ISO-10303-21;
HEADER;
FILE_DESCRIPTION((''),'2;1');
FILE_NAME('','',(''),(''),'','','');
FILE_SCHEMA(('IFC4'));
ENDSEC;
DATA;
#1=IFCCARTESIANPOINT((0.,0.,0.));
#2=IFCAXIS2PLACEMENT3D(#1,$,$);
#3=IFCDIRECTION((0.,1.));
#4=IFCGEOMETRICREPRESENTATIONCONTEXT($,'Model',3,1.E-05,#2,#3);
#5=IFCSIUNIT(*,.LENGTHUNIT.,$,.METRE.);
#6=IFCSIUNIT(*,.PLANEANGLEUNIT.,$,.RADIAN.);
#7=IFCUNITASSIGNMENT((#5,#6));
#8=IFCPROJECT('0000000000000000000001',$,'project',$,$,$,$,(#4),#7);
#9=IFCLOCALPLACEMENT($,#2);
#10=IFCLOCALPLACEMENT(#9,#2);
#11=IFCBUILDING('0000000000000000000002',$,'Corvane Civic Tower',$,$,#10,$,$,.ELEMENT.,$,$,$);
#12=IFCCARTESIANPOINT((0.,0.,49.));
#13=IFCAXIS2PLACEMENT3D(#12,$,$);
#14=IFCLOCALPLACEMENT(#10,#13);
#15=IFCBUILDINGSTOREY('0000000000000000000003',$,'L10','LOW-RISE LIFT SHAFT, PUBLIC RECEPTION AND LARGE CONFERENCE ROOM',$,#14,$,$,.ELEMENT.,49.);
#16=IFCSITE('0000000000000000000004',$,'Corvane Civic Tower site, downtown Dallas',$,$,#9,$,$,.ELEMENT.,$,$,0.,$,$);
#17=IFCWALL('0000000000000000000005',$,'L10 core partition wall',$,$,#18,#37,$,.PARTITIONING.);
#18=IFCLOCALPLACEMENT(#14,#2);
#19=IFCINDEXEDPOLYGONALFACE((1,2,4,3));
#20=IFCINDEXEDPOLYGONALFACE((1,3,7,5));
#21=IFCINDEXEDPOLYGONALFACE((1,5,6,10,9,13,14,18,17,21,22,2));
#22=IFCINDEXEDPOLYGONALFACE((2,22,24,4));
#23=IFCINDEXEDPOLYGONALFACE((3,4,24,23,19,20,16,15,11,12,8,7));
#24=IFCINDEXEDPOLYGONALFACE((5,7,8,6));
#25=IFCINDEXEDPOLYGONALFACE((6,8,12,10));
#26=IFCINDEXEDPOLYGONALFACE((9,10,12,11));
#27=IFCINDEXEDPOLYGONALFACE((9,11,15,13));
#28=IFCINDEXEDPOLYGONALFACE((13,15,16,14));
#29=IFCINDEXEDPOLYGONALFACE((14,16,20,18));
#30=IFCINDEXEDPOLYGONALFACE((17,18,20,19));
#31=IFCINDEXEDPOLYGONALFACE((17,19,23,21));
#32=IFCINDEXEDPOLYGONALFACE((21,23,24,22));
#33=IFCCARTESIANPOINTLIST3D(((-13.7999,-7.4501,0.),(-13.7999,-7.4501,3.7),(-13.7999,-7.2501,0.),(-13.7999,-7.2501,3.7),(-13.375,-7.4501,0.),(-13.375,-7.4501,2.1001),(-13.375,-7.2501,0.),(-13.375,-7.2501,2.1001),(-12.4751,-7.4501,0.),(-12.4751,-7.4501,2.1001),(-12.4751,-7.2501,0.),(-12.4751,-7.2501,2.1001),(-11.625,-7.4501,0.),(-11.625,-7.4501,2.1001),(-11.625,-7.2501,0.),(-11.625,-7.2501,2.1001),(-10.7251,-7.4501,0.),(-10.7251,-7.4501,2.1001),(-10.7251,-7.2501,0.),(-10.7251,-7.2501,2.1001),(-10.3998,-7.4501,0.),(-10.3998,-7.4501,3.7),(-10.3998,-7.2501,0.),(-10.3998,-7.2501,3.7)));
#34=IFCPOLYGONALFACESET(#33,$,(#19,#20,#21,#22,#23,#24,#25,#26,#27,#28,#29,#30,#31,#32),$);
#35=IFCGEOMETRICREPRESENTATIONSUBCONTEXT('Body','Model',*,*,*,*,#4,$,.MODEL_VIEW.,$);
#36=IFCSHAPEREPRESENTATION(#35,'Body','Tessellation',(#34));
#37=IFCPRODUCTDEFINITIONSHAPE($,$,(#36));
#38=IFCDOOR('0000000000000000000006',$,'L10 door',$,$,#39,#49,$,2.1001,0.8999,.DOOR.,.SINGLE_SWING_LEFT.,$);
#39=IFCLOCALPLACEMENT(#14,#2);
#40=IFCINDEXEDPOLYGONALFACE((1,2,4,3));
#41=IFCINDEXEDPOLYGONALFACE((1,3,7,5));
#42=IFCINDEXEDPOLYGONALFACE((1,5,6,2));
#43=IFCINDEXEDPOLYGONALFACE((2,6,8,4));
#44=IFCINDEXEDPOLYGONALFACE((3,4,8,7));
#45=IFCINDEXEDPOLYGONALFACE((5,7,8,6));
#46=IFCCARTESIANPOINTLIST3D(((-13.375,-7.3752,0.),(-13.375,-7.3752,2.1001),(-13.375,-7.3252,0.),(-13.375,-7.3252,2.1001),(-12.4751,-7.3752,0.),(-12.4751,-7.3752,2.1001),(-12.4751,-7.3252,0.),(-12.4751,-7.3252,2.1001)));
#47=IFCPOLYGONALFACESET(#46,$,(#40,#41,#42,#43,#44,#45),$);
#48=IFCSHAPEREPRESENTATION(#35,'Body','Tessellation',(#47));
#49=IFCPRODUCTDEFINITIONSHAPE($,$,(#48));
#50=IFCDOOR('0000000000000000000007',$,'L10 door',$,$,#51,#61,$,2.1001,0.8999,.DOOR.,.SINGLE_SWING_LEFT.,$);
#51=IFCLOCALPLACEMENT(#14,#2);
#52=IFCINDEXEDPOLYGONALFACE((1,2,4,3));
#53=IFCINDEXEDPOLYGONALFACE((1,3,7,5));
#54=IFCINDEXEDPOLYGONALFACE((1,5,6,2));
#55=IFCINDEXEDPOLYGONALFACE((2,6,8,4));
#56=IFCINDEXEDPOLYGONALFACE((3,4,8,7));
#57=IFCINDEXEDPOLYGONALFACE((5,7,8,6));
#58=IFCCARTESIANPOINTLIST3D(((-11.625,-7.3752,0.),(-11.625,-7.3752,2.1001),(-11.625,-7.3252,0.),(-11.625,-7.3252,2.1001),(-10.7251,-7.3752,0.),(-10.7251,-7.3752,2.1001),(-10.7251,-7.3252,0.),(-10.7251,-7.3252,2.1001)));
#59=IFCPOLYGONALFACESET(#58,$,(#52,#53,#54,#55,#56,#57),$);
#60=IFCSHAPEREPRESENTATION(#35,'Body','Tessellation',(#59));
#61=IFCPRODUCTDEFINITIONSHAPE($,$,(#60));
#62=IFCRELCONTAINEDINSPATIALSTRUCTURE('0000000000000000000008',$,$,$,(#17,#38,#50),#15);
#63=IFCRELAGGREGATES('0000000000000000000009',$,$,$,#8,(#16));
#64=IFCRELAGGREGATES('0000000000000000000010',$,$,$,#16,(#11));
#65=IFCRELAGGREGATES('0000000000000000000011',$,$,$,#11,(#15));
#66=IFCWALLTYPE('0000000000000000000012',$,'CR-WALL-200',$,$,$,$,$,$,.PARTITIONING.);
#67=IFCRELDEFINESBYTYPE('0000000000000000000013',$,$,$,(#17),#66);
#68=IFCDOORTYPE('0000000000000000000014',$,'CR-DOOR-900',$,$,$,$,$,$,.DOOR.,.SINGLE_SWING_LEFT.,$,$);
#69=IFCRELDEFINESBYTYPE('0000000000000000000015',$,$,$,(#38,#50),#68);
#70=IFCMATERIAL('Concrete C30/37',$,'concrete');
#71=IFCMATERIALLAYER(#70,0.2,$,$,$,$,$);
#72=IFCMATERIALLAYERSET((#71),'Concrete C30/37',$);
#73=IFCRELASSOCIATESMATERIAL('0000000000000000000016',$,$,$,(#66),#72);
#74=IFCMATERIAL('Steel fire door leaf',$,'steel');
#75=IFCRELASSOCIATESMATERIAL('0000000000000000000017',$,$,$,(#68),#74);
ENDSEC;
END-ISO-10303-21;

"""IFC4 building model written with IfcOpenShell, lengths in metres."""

from ifc_helpers import new_model, si_unit, direction, frame, frame_2d, origin, place, context, subcontext, project, spatial, rectangle, extrude, material, layer, layer_set, type_object, element, fill, save


model = new_model("IFC4")

# Units and contexts
model_context = context("Model", 3, precision=1e-05, world=origin(), true_north=direction((0.0, 1.0)))
body_context = subcontext(model_context, "Body", "Model", "MODEL_VIEW")
ifc_project = project(units=[si_unit("LENGTHUNIT", "METRE"), si_unit("PLANEANGLEUNIT", "RADIAN")], contexts=[model_context])

# Site, building, storey
site_placement = place(None, origin())
site = spatial("IfcSite", under=ifc_project, at=site_placement, Name="Corvane Civic Tower site, downtown Dallas", CompositionType="ELEMENT", RefElevation=0.0)
building_placement = place(site_placement, origin())
building = spatial("IfcBuilding", under=site, at=building_placement, Name="Corvane Civic Tower", CompositionType="ELEMENT")
storey_placement = place(building_placement, frame((0.0, 0.0, 49.0)))
storey = spatial("IfcBuildingStorey", under=building, at=storey_placement, Name="L10", Description="LOW-RISE LIFT SHAFT, PUBLIC RECEPTION AND LARGE CONFERENCE ROOM", CompositionType="ELEMENT", Elevation=49.0)

# Wall, openings, doors
ifc_material_1 = material(Name="Concrete C30/37", Category="concrete")
ifc_layer_1 = layer(ifc_material_1, 0.2)
ifc_layer_set_1 = layer_set([ifc_layer_1], Name="Concrete C30/37")
wall_type_1 = type_object("IfcWallType", Name="CR-WALL-200", PredefinedType="PARTITIONING", material=ifc_layer_set_1)
wall_1_placement = place(storey_placement, frame((-13.8, -7.3501, 0.0), z_axis=(0.0, 0.0, 1.0), x_axis=(1.0, 0.0, 0.0)))
wall_1 = element("IfcWall", 1, at=wall_1_placement, inside=storey, type_object=wall_type_1, Name="L10 core partition wall", PredefinedType="PARTITIONING", context=body_context, shape_type="SweptSolid", body=[
    extrude(rectangle(XDim=3.4001, YDim=0.2, at=frame_2d((1.7002, 0.0))), origin(), (0.0, 0.0, 1.0), 3.7),
])
opening_1_placement = place(wall_1_placement, frame((0.425, 0.0, 0.0)))
opening_1 = element("IfcOpeningElement", 2, at=opening_1_placement, cuts=wall_1, PredefinedType="OPENING", context=body_context, shape_type="SweptSolid", body=[
    extrude(rectangle(XDim=0.8999, YDim=2.1001, at=frame_2d((0.45, 1.05))), frame((0.0, 0.1099, 0.0), z_axis=(0.0, -1.0, 0.0), x_axis=(1.0, 0.0, 0.0)), (0.0, 0.0, 1.0), 0.22),
])
opening_2_placement = place(wall_1_placement, frame((2.175, 0.0, 0.0)))
opening_2 = element("IfcOpeningElement", 3, at=opening_2_placement, cuts=wall_1, PredefinedType="OPENING", context=body_context, shape_type="SweptSolid", body=[
    extrude(rectangle(XDim=0.8999, YDim=2.1001, at=frame_2d((0.45, 1.05))), frame((0.0, 0.1099, 0.0), z_axis=(0.0, -1.0, 0.0), x_axis=(1.0, 0.0, 0.0)), (0.0, 0.0, 1.0), 0.22),
])
ifc_material_2 = material(Name="Steel fire door leaf", Category="steel")
door_type_1 = type_object("IfcDoorType", Name="CR-DOOR-900", OperationType="SINGLE_SWING_LEFT", PredefinedType="DOOR", material=ifc_material_2)
door_1_placement = place(opening_1_placement, origin())
door_1 = element("IfcDoor", 4, at=door_1_placement, inside=storey, type_object=door_type_1, Name="L10 door", OperationType="SINGLE_SWING_LEFT", OverallHeight=2.1001, OverallWidth=0.8999, PredefinedType="DOOR", context=body_context, shape_type="SweptSolid", body=[
    extrude(rectangle(XDim=0.8999, YDim=2.1001, at=frame_2d((0.45, 1.05))), frame((0.0, 0.0249, 0.0), z_axis=(0.0, -1.0, 0.0), x_axis=(1.0, 0.0, 0.0)), (0.0, 0.0, 1.0), 0.05),
])
fill(opening_1, door_1)
door_2_placement = place(opening_2_placement, origin())
door_2 = element("IfcDoor", 5, at=door_2_placement, inside=storey, type_object=door_type_1, Name="L10 door", OperationType="SINGLE_SWING_LEFT", OverallHeight=2.1001, OverallWidth=0.8999, PredefinedType="DOOR", context=body_context, shape_type="SweptSolid", body=[
    extrude(rectangle(XDim=0.8999, YDim=2.1001, at=frame_2d((0.45, 1.05))), frame((0.0, 0.0249, 0.0), z_axis=(0.0, -1.0, 0.0), x_axis=(1.0, 0.0, 0.0)), (0.0, 0.0, 1.0), 0.05),
])
fill(opening_2, door_2)

save(model, "model.ifc")
